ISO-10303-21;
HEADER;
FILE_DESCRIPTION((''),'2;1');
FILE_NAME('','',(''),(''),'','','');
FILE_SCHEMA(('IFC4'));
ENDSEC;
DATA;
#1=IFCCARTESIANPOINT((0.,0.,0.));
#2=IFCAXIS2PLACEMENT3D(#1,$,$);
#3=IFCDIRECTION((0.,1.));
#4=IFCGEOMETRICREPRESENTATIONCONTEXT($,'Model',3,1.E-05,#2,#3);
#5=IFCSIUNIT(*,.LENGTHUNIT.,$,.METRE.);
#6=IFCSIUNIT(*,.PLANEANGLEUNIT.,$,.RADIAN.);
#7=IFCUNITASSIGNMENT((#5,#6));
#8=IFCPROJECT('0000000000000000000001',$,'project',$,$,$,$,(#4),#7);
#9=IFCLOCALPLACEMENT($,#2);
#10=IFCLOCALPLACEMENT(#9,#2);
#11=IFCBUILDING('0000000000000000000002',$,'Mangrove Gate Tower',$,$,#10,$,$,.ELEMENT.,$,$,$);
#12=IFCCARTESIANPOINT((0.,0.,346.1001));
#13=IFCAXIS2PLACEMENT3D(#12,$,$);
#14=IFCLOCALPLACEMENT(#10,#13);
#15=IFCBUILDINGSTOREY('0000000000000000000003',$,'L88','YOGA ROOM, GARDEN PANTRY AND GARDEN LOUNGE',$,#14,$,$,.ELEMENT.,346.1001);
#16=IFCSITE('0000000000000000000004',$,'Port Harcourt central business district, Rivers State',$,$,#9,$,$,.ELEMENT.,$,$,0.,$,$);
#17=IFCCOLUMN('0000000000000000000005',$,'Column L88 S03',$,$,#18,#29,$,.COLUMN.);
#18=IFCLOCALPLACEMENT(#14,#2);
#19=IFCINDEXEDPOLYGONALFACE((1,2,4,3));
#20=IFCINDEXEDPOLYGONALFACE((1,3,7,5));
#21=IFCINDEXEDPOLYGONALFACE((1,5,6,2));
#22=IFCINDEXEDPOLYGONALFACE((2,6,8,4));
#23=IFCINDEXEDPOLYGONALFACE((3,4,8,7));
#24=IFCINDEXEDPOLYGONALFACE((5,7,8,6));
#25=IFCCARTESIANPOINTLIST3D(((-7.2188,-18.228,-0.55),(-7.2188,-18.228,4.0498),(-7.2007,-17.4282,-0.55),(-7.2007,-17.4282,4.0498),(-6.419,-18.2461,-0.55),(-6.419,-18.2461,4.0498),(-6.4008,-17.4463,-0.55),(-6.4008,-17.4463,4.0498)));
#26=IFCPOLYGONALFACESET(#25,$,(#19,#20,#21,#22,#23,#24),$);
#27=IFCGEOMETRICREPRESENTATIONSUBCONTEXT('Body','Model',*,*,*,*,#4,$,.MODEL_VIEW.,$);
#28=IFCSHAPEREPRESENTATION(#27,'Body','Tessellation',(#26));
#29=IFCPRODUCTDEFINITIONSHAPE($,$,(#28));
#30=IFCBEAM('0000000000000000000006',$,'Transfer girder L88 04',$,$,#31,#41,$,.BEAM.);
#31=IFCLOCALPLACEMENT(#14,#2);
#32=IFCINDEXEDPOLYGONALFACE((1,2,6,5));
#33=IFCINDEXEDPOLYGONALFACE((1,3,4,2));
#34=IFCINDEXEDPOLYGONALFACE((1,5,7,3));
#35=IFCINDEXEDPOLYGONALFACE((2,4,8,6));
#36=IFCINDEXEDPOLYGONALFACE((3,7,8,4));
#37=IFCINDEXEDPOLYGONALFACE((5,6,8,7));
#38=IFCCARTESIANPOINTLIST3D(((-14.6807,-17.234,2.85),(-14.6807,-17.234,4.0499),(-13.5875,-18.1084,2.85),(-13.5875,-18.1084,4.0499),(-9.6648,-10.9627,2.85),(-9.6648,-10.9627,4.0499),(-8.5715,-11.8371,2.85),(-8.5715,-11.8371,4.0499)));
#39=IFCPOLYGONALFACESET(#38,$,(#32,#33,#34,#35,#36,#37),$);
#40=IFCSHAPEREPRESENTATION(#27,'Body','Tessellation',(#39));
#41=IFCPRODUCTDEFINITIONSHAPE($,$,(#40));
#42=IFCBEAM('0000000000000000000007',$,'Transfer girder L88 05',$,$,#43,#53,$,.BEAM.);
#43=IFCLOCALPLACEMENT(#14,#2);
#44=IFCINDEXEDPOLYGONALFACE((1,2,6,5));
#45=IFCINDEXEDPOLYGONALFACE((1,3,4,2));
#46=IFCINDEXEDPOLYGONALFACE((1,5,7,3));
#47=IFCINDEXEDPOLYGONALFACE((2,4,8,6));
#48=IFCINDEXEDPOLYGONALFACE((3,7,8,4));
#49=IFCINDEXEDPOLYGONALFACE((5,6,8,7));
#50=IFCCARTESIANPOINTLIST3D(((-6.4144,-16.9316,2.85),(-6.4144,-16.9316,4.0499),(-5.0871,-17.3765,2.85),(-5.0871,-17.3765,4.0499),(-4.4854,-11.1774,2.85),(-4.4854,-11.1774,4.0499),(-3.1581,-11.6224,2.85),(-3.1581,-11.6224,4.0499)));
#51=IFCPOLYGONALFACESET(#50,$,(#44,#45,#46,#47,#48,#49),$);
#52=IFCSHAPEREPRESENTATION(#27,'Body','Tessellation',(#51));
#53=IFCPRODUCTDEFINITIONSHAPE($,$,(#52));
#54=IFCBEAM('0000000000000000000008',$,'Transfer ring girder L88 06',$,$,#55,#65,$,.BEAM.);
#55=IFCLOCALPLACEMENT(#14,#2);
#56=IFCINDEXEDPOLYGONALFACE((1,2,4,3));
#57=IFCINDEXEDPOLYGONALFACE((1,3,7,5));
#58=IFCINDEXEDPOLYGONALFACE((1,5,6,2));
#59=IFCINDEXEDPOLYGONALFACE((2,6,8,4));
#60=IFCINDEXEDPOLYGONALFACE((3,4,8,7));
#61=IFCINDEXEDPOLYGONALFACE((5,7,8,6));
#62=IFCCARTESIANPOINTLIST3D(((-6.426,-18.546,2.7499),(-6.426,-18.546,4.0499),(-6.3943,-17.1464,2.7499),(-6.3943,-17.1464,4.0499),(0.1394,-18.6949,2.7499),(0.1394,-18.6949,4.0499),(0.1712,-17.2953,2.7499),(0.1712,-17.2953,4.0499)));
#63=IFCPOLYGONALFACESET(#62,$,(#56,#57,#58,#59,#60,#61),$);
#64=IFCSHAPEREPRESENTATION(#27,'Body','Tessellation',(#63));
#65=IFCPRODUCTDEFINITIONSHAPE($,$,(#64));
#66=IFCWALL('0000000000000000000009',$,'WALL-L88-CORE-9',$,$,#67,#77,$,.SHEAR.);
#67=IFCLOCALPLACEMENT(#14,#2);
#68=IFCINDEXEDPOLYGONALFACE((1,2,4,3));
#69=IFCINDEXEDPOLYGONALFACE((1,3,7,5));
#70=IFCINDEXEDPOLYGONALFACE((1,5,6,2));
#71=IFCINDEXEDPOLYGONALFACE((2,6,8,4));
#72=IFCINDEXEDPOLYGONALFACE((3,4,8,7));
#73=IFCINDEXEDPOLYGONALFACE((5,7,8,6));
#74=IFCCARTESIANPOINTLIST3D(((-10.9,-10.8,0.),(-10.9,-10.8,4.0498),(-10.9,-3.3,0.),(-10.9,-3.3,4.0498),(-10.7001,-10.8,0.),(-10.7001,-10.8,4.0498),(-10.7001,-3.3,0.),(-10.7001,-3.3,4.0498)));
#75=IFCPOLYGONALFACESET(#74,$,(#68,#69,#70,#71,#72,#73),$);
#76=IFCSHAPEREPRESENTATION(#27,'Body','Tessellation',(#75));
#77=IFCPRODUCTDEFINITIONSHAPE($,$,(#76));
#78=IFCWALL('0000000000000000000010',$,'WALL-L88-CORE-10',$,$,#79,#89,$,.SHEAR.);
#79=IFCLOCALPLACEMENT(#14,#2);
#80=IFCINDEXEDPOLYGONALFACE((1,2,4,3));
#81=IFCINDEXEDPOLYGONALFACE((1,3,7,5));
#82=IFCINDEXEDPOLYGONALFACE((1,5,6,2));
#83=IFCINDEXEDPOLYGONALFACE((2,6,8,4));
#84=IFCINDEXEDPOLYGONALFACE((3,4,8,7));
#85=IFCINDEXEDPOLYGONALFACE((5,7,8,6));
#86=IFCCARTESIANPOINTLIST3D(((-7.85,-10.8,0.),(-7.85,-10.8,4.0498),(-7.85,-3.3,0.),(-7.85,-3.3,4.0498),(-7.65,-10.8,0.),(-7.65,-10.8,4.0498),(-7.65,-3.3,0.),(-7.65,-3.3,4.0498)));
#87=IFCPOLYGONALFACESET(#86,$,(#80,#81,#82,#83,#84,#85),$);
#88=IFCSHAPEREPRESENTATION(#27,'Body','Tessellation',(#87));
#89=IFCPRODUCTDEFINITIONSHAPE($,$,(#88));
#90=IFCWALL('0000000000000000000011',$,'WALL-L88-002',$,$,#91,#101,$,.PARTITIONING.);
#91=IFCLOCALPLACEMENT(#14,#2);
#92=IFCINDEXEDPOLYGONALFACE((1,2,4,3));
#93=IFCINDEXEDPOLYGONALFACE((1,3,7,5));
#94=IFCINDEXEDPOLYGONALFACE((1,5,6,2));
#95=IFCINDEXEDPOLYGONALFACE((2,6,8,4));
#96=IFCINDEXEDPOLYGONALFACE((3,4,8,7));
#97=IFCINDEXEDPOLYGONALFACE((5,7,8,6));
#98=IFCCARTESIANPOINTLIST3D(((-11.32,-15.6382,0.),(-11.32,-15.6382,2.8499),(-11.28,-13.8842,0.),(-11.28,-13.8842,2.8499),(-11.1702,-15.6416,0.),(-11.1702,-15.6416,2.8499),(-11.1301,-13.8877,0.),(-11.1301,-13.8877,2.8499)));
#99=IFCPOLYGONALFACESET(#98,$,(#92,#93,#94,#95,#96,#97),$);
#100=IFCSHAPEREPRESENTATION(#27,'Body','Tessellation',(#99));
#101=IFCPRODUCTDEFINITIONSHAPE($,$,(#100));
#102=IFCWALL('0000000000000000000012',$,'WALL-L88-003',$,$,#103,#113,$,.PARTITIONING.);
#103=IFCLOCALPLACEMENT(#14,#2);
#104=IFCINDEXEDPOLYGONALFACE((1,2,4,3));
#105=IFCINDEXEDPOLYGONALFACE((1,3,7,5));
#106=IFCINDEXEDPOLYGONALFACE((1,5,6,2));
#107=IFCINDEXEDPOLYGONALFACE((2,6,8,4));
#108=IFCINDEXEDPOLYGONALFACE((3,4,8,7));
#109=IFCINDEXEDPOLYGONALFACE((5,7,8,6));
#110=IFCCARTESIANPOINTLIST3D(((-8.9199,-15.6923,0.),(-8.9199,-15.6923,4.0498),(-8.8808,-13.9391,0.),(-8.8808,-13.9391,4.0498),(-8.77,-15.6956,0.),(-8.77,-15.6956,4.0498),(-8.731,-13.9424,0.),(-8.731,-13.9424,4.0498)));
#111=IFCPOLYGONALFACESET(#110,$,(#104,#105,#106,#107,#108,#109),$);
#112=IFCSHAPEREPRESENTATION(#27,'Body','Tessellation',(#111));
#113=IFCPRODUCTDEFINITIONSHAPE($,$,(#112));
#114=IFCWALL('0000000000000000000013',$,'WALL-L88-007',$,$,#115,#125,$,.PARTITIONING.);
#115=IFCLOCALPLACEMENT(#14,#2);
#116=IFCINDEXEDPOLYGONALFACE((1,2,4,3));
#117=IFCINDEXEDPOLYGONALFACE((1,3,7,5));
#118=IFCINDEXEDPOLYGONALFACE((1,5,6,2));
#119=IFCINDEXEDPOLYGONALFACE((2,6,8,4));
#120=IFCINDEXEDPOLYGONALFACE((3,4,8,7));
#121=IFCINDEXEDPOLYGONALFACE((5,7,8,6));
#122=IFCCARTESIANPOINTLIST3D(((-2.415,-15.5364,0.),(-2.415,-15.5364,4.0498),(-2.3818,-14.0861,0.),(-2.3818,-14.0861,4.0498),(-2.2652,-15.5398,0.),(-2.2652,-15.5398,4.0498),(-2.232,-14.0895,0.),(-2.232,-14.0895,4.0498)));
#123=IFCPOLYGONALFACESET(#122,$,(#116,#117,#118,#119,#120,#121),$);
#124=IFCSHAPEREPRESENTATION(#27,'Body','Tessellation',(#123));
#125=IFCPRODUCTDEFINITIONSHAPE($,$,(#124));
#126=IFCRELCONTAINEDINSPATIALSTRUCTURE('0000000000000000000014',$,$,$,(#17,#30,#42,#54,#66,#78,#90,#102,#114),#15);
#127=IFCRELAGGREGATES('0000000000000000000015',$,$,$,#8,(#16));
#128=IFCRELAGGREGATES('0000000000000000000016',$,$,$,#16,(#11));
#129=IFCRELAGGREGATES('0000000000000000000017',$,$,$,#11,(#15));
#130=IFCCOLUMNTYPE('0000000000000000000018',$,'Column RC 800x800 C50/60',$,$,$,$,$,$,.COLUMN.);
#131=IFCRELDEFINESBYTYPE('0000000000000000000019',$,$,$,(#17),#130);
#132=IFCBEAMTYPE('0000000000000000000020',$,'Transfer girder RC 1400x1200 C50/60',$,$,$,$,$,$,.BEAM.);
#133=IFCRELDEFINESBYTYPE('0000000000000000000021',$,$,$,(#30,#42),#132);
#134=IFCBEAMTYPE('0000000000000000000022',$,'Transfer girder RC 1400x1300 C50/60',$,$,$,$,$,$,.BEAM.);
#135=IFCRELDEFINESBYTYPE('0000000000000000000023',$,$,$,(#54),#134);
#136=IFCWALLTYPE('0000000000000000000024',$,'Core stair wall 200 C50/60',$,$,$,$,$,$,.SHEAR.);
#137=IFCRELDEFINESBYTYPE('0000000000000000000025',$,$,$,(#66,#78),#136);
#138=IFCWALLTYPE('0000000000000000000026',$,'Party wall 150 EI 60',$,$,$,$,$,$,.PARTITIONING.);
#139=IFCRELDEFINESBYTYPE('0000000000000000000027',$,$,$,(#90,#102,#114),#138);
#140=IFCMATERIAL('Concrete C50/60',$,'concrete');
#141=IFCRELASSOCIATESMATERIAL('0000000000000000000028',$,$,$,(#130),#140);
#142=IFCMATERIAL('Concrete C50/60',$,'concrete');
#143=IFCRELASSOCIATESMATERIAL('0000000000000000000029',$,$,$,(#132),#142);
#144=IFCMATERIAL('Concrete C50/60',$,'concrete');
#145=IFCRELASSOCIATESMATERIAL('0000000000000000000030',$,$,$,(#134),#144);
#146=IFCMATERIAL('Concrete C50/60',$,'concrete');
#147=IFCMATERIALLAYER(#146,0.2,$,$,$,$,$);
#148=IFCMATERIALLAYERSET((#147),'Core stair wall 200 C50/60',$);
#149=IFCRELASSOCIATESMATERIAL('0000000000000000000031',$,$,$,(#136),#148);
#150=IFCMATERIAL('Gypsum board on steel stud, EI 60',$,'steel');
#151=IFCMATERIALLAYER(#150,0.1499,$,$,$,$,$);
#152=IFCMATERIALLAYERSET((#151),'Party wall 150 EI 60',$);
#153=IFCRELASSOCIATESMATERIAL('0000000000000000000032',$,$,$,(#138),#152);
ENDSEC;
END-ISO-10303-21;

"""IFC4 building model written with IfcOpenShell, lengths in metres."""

from ifc_helpers import new_model, si_unit, direction, frame, frame_2d, origin, origin_2d, place, context, subcontext, project, spatial, rectangle, extrude, material, layer, layer_set, material_profile, profile_set, type_object, element, save


model = new_model("IFC4")

# Units and contexts
model_context = context("Model", 3, precision=1e-05, world=origin(), true_north=direction((0.0, 1.0)))
body_context = subcontext(model_context, "Body", "Model", "MODEL_VIEW")
ifc_project = project(units=[si_unit("LENGTHUNIT", "METRE"), si_unit("PLANEANGLEUNIT", "RADIAN")], contexts=[model_context])

# Site, building, storey
site_placement = place(None, origin())
site = spatial("IfcSite", under=ifc_project, at=site_placement, Name="Port Harcourt central business district, Rivers State", CompositionType="ELEMENT", RefElevation=0.0)
building_placement = place(site_placement, origin())
building = spatial("IfcBuilding", under=site, at=building_placement, Name="Mangrove Gate Tower", CompositionType="ELEMENT")
storey_placement = place(building_placement, frame((0.0, 0.0, 346.1001)))
storey = spatial("IfcBuildingStorey", under=building, at=storey_placement, Name="L88", Description="YOGA ROOM, GARDEN PANTRY AND GARDEN LOUNGE", CompositionType="ELEMENT", Elevation=346.1001)

# Column
ifc_material_1 = material(Name="Concrete C50/60", Category="concrete")
ifc_material_profile_1 = material_profile(ifc_material_1, rectangle(XDim=0.8, YDim=0.8, at=origin_2d()))
ifc_profile_set_1 = profile_set([ifc_material_profile_1], Name="Concrete C50/60")
column_type = type_object("IfcColumnType", Name="Column RC 800x800 C50/60", PredefinedType="COLUMN", material=ifc_profile_set_1)
column_placement = place(storey_placement, frame((-6.8098, -17.8372, -0.55), z_axis=(0.0, 0.0, 1.0), x_axis=(0.999743, -0.022669, 0.0)))
element("IfcColumn", 1, at=column_placement, inside=storey, type_object=column_type, Name="Column L88 S03", PredefinedType="COLUMN", context=body_context, shape_type="SweptSolid", body=[
    extrude(rectangle(XDim=0.8, YDim=0.8, at=origin_2d()), origin(), (0.0, 0.0, 1.0), 4.5999),
])

# Beams
ifc_material_2 = material(Name="Concrete C50/60", Category="concrete")
ifc_material_profile_2 = material_profile(ifc_material_2, rectangle(XDim=1.3999, YDim=1.2, at=origin_2d()))
ifc_profile_set_2 = profile_set([ifc_material_profile_2], Name="Concrete C50/60")
beam_type_1 = type_object("IfcBeamType", Name="Transfer girder RC 1400x1200 C50/60", PredefinedType="BEAM", material=ifc_profile_set_2)
beam_1_placement = place(storey_placement, frame((-9.1182, -11.3999, 3.45), z_axis=(-0.62461, -0.780937, 0.0), x_axis=(0.780937, -0.62461, 0.0)))
element("IfcBeam", 2, at=beam_1_placement, inside=storey, type_object=beam_type_1, Name="Transfer girder L88 04", PredefinedType="BEAM", context=body_context, shape_type="SweptSolid", body=[
    extrude(rectangle(XDim=1.3999, YDim=1.2, at=origin_2d()), origin(), (0.0, 0.0, 1.0), 8.0305),
])
beam_2_placement = place(storey_placement, frame((-3.8218, -11.3999, 3.45), z_axis=(-0.317844, -0.948143, 0.0), x_axis=(0.948143, -0.317844, 0.0)))
element("IfcBeam", 3, at=beam_2_placement, inside=storey, type_object=beam_type_1, Name="Transfer girder L88 05", PredefinedType="BEAM", context=body_context, shape_type="SweptSolid", body=[
    extrude(rectangle(XDim=1.3999, YDim=1.2, at=origin_2d()), origin(), (0.0, 0.0, 1.0), 6.0688),
])
ifc_material_3 = material(Name="Concrete C50/60", Category="concrete")
ifc_material_profile_3 = material_profile(ifc_material_3, rectangle(XDim=1.3999, YDim=1.3, at=origin_2d()))
ifc_profile_set_3 = profile_set([ifc_material_profile_3], Name="Concrete C50/60")
beam_type_2 = type_object("IfcBeamType", Name="Transfer girder RC 1400x1300 C50/60", PredefinedType="BEAM", material=ifc_profile_set_3)
beam_3_placement = place(storey_placement, frame((-6.4102, -17.8462, 3.3999), z_axis=(0.999743, -0.022677, 0.0), x_axis=(0.022677, 0.999743, 0.0)))
element("IfcBeam", 4, at=beam_3_placement, inside=storey, type_object=beam_type_2, Name="Transfer ring girder L88 06", PredefinedType="BEAM", context=body_context, shape_type="SweptSolid", body=[
    extrude(rectangle(XDim=1.3999, YDim=1.3, at=origin_2d()), origin(), (0.0, 0.0, 1.0), 6.5671),
])

# Walls
ifc_material_4 = material(Name="Concrete C50/60", Category="concrete")
ifc_layer_1 = layer(ifc_material_4, 0.2)
ifc_layer_set_1 = layer_set([ifc_layer_1], Name="Core stair wall 200 C50/60")
wall_type_1 = type_object("IfcWallType", Name="Core stair wall 200 C50/60", PredefinedType="SHEAR", material=ifc_layer_set_1)
for number, where, z_axis, x_axis, name in (
    (5, (-10.8, -10.8, 0.0), (0.0, 0.0, 1.0), (0.0, 1.0, 0.0), "WALL-L88-CORE-9"),
    (6, (-7.75, -10.8, 0.0), (0.0, 0.0, 1.0), (0.0, 1.0, 0.0), "WALL-L88-CORE-10"),
):
    element("IfcWall", number, at=place(storey_placement, frame(where, z_axis=z_axis, x_axis=x_axis)), inside=storey, type_object=wall_type_1, Name=name, PredefinedType="SHEAR", context=body_context, shape_type="SweptSolid", body=[
        extrude(rectangle(XDim=7.5, YDim=0.2, at=frame_2d((3.75, 0.0))), origin(), (0.0, 0.0, 1.0), 4.0498),
    ])
ifc_material_5 = material(Name="Gypsum board on steel stud, EI 60", Category="steel")
ifc_layer_2 = layer(ifc_material_5, 0.1499)
ifc_layer_set_2 = layer_set([ifc_layer_2], Name="Party wall 150 EI 60")
wall_type_2 = type_object("IfcWallType", Name="Party wall 150 EI 60", PredefinedType="PARTITIONING", material=ifc_layer_set_2)
wall_1_placement = place(storey_placement, frame((-11.2451, -15.6399, 0.0), z_axis=(0.0, 0.0, 1.0), x_axis=(0.022823, 0.99974, 0.0)))
element("IfcWall", 7, at=wall_1_placement, inside=storey, type_object=wall_type_2, Name="WALL-L88-002", PredefinedType="PARTITIONING", context=body_context, shape_type="SweptSolid", body=[
    extrude(rectangle(XDim=1.7544, YDim=0.1499, at=frame_2d((0.8772, 0.0))), origin(), (0.0, 0.0, 1.0), 2.8499),
])
wall_2_placement = place(storey_placement, frame((-8.845, -15.6941, 0.0), z_axis=(0.0, 0.0, 1.0), x_axis=(0.022275, 0.999752, 0.0)))
element("IfcWall", 8, at=wall_2_placement, inside=storey, type_object=wall_type_2, Name="WALL-L88-003", PredefinedType="PARTITIONING", context=body_context, shape_type="SweptSolid", body=[
    extrude(rectangle(XDim=1.7537, YDim=0.1499, at=frame_2d((0.877, 0.0))), origin(), (0.0, 0.0, 1.0), 4.0498),
])
wall_3_placement = place(storey_placement, frame((-2.3401, -15.5381, 0.0), z_axis=(0.0, 0.0, 1.0), x_axis=(0.02289, 0.999738, 0.0)))
element("IfcWall", 9, at=wall_3_placement, inside=storey, type_object=wall_type_2, Name="WALL-L88-007", PredefinedType="PARTITIONING", context=body_context, shape_type="SweptSolid", body=[
    extrude(rectangle(XDim=1.4507, YDim=0.1499, at=frame_2d((0.7253, 0.0))), origin(), (0.0, 0.0, 1.0), 4.0498),
])

save(model, "model.ifc")
